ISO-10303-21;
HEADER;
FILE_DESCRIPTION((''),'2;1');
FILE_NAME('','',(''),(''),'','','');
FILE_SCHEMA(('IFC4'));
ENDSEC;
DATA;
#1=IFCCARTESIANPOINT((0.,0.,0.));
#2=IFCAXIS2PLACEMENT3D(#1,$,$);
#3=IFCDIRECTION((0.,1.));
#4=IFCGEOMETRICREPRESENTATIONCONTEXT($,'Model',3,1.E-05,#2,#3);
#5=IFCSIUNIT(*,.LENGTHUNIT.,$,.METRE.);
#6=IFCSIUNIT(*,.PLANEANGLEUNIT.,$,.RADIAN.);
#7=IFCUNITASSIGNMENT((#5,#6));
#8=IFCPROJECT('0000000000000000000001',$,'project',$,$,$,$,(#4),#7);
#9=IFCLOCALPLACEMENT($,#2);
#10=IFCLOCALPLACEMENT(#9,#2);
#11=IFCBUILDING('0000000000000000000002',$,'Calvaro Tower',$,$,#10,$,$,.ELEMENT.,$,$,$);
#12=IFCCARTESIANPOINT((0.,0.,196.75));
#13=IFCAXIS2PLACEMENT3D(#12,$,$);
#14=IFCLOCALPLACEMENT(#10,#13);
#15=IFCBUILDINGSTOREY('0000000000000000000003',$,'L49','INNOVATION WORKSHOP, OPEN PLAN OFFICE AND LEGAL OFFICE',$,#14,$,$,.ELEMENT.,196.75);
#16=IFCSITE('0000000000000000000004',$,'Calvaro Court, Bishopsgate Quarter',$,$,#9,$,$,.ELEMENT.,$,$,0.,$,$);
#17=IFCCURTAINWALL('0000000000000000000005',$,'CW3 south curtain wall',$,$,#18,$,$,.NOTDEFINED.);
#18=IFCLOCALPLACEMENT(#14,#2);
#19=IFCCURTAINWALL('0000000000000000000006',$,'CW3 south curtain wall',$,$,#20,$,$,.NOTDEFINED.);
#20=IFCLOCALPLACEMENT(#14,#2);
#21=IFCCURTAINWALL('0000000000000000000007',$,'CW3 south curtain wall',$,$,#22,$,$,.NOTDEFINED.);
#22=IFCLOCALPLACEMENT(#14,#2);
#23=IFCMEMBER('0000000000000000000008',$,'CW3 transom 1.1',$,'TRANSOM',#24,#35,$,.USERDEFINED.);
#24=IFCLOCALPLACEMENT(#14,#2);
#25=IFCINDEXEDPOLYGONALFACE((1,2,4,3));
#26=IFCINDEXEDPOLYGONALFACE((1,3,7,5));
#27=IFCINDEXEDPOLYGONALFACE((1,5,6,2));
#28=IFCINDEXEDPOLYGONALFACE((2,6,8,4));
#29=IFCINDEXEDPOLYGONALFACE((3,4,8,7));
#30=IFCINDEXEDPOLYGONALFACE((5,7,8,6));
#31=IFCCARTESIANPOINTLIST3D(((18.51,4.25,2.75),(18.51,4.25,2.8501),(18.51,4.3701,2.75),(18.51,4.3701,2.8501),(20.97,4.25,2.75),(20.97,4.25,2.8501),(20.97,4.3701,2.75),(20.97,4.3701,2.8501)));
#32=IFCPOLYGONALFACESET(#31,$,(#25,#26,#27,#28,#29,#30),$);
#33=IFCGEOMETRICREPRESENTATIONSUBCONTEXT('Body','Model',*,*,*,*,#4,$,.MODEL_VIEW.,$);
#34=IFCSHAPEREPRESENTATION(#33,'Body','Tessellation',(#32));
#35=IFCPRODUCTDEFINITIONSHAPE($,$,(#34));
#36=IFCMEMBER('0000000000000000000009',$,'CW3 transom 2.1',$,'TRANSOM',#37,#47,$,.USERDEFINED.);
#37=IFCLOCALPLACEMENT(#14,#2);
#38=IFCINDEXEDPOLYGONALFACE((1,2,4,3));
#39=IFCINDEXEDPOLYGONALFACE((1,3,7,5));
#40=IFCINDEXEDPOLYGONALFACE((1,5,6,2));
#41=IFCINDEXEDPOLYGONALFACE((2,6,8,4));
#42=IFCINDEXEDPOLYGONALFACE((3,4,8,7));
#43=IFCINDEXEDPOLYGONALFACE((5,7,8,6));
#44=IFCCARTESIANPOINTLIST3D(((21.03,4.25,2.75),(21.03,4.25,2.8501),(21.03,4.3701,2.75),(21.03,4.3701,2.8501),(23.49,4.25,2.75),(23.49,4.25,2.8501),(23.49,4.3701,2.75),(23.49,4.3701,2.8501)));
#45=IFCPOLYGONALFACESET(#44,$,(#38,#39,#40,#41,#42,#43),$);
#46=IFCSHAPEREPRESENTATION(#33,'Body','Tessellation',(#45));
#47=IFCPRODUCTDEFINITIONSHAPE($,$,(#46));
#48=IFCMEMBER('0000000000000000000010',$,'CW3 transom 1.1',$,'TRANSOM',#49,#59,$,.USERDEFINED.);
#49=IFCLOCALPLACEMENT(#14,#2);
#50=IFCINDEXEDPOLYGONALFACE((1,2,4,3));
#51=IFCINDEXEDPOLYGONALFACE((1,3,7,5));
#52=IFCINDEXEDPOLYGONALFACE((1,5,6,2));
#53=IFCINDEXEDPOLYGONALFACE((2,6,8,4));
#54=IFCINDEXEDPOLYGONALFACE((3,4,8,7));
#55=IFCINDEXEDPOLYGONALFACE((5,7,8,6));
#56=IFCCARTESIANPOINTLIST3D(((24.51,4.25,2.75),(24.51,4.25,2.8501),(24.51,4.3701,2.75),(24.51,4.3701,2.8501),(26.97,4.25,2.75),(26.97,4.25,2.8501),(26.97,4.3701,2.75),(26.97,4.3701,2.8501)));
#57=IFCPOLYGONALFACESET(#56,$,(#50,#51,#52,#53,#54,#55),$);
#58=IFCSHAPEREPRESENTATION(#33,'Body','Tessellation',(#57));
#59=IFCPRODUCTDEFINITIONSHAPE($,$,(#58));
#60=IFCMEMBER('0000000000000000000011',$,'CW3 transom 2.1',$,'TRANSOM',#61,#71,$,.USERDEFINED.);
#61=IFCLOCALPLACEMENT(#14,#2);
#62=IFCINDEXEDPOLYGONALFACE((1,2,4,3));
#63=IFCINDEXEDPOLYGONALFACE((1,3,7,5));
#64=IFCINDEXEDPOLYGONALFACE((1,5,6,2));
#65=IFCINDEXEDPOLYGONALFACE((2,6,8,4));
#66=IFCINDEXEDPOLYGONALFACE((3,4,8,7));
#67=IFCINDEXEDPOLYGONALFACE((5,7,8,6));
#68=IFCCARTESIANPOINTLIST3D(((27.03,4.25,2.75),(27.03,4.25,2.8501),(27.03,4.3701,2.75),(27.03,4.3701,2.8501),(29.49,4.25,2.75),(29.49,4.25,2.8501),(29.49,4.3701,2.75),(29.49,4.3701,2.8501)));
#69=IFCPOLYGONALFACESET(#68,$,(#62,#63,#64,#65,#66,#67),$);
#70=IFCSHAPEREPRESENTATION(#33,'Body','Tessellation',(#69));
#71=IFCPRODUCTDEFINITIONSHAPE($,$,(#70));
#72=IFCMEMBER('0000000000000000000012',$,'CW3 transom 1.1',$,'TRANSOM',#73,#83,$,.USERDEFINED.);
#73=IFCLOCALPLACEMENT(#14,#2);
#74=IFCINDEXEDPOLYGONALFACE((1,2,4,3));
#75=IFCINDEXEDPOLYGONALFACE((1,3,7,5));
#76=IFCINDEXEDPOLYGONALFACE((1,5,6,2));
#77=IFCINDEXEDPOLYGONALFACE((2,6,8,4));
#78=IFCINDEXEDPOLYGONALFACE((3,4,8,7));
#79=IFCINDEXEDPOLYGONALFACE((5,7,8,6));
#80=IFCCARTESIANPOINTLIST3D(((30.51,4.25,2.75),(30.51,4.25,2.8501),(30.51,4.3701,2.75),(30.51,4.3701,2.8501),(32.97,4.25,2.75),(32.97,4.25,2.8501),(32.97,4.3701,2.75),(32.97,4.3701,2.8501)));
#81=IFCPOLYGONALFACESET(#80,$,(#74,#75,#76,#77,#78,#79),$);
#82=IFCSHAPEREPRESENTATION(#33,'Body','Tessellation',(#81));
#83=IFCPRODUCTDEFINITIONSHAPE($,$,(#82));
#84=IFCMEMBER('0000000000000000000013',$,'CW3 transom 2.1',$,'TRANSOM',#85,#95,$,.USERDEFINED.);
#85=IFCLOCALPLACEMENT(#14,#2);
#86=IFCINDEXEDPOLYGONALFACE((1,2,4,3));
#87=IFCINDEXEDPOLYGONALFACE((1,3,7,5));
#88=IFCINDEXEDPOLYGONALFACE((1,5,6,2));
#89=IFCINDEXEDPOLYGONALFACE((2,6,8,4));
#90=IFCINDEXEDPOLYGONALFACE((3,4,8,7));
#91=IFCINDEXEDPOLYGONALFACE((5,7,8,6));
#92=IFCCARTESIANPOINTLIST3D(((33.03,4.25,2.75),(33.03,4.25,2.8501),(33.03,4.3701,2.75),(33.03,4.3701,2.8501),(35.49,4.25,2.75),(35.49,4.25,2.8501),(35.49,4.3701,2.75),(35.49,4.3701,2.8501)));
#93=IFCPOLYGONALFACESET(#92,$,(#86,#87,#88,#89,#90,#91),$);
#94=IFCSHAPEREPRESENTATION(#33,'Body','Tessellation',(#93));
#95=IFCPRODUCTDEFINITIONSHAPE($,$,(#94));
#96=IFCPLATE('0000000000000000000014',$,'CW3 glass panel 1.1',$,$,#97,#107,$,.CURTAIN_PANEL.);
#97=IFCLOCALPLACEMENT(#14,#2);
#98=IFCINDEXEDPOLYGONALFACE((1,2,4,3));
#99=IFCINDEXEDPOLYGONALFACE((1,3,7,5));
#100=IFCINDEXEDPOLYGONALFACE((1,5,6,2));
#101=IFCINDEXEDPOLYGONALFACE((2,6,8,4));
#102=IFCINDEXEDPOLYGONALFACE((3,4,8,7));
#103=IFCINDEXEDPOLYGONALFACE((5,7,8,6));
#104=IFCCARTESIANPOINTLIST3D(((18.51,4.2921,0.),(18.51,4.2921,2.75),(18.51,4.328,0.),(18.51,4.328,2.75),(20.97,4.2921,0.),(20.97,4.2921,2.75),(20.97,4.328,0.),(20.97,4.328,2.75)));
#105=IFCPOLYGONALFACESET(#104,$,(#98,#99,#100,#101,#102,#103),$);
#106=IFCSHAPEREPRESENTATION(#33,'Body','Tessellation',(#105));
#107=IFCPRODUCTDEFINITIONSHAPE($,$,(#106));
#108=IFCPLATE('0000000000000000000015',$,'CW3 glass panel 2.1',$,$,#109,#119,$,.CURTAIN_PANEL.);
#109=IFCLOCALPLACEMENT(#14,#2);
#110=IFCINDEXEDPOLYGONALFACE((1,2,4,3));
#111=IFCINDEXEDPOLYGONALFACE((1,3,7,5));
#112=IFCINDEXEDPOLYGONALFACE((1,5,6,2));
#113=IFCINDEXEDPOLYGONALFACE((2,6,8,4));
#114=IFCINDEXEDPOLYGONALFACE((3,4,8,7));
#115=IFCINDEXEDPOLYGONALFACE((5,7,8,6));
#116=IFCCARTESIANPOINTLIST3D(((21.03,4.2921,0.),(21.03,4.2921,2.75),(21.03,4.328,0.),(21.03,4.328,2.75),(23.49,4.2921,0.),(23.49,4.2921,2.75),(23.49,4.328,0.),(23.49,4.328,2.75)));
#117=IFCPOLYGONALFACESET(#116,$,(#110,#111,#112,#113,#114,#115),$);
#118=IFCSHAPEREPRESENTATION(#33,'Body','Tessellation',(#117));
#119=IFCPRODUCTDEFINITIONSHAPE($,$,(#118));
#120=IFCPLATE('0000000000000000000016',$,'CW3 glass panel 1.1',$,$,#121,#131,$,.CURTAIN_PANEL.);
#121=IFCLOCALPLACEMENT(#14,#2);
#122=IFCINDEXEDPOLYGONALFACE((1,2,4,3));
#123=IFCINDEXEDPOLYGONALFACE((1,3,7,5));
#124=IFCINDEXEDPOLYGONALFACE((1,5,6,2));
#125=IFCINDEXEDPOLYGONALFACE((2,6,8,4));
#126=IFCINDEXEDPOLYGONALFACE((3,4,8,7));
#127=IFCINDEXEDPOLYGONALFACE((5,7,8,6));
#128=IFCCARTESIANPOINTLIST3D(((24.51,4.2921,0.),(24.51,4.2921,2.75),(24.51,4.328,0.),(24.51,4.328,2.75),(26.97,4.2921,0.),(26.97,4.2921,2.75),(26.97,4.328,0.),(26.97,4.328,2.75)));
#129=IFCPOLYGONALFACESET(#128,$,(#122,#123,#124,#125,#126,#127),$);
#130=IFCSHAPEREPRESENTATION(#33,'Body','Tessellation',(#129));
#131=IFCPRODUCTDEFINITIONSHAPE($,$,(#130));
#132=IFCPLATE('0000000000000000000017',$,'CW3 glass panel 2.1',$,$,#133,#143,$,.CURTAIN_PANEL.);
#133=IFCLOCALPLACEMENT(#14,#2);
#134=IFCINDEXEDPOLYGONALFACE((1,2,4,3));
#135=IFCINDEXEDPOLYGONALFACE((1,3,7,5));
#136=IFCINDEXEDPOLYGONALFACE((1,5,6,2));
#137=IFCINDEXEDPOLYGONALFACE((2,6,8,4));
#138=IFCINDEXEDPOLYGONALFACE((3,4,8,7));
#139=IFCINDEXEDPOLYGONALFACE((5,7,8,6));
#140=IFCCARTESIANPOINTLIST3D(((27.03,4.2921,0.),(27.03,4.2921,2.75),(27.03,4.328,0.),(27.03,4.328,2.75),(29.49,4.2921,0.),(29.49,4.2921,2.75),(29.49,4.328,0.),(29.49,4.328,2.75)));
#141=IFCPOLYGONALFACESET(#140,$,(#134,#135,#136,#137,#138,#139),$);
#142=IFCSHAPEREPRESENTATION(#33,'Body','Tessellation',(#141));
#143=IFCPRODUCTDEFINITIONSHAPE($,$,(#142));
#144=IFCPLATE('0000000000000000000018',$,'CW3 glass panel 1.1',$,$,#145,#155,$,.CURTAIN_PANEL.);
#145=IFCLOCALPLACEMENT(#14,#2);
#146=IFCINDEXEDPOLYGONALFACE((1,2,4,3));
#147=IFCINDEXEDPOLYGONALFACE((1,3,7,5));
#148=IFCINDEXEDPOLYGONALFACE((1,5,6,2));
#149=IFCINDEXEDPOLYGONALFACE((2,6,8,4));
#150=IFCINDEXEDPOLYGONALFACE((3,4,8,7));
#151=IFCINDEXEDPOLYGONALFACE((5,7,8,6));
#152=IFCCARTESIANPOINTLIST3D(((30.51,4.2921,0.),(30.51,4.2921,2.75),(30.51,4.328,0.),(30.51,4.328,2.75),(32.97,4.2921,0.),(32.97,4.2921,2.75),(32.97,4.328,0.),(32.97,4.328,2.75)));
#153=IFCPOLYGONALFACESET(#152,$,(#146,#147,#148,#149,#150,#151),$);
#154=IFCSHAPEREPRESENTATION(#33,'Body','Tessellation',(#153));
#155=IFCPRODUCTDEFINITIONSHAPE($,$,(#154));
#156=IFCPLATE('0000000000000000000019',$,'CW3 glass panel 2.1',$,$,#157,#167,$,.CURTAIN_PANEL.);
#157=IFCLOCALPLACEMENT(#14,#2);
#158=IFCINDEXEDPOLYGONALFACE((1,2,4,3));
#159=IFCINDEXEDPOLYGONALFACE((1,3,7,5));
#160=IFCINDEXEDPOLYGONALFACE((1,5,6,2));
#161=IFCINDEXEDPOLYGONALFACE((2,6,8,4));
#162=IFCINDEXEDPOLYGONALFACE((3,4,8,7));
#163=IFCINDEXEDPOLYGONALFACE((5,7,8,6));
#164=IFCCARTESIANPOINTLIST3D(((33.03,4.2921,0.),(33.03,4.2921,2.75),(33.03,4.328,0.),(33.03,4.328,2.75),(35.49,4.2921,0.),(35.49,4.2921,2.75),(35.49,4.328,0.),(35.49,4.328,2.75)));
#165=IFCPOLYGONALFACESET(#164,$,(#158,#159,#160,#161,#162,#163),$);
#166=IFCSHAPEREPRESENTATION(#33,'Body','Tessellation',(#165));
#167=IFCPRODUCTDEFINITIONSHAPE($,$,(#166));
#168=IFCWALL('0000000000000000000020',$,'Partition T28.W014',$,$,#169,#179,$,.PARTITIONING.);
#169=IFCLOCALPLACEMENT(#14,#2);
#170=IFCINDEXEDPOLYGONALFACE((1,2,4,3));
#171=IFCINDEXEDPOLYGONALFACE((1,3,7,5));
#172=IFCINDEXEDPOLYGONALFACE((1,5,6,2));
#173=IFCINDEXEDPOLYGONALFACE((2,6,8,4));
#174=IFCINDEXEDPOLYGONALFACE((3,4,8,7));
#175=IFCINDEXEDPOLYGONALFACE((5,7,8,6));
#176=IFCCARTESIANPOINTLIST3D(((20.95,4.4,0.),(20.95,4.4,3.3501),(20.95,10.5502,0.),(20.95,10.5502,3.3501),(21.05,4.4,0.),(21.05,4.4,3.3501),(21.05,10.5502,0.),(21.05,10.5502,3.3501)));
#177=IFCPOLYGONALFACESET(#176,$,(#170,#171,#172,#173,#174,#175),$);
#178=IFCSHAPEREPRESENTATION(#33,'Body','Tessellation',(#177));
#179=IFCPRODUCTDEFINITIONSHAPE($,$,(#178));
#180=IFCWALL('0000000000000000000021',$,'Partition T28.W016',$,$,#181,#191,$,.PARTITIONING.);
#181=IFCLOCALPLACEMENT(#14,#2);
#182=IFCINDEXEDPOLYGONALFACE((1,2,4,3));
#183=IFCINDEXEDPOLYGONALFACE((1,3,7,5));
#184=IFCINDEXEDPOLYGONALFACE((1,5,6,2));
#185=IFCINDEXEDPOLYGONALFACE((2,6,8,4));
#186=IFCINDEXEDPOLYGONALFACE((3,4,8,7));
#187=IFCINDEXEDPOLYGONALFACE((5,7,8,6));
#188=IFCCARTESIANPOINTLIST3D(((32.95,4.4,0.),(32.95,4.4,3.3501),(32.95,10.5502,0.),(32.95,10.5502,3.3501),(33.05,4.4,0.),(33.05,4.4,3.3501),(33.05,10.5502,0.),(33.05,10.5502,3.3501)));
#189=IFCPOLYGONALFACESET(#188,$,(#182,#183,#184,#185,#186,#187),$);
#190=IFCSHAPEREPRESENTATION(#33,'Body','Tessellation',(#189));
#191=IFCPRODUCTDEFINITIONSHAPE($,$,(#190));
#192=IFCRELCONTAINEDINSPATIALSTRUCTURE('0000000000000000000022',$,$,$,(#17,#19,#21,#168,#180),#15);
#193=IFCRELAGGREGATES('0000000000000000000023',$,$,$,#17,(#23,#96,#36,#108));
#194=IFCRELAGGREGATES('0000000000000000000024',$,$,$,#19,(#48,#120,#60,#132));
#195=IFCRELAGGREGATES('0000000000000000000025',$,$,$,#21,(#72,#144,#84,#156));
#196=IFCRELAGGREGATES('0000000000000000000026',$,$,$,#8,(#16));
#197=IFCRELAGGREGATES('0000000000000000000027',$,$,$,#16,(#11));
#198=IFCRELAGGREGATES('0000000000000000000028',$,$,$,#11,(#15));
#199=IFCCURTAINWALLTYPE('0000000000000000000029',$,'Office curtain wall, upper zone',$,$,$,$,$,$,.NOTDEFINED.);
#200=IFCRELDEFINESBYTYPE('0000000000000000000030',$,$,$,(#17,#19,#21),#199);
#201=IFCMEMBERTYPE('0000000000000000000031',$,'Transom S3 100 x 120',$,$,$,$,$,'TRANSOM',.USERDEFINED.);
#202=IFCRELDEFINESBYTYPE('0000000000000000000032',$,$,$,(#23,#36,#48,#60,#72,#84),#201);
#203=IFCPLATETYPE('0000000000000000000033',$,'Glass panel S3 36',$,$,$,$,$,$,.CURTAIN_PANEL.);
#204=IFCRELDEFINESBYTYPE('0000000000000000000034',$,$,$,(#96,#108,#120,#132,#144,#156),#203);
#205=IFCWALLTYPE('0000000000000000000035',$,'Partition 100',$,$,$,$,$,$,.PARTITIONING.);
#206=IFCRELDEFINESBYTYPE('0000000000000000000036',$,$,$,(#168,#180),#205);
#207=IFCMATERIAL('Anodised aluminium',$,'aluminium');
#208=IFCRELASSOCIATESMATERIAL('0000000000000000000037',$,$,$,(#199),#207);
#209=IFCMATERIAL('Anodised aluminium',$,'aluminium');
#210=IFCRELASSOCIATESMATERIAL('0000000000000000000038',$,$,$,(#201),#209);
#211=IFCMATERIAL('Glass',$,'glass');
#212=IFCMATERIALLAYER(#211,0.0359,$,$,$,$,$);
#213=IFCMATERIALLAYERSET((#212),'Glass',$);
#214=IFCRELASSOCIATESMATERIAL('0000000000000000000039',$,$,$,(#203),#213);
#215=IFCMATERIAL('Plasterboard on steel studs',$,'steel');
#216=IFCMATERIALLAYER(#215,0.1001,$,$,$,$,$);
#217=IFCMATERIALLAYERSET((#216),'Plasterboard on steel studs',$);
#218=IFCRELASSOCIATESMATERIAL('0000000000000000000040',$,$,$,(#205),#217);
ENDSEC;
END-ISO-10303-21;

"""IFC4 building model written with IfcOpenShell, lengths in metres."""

from ifc_helpers import new_model, si_unit, direction, frame, frame_2d, origin, origin_2d, place, context, subcontext, project, spatial, rectangle, extrude, material, layer, layer_set, material_profile, profile_set, type_object, element, aggregate, save


model = new_model("IFC4")

# Units and contexts
model_context = context("Model", 3, precision=1e-05, world=origin(), true_north=direction((0.0, 1.0)))
body_context = subcontext(model_context, "Body", "Model", "MODEL_VIEW")
ifc_project = project(units=[si_unit("LENGTHUNIT", "METRE"), si_unit("PLANEANGLEUNIT", "RADIAN")], contexts=[model_context])

# Site, building, storey
site_placement = place(None, origin())
site = spatial("IfcSite", under=ifc_project, at=site_placement, Name="Calvaro Court, Bishopsgate Quarter", CompositionType="ELEMENT", RefElevation=0.0)
building_placement = place(site_placement, origin())
building = spatial("IfcBuilding", under=site, at=building_placement, Name="Calvaro Tower", CompositionType="ELEMENT")
storey_placement = place(building_placement, frame((0.0, 0.0, 196.75)))
storey = spatial("IfcBuildingStorey", under=building, at=storey_placement, Name="L49", Description="INNOVATION WORKSHOP, OPEN PLAN OFFICE AND LEGAL OFFICE", CompositionType="ELEMENT", Elevation=196.75)

# Shared definitions
ifc_material_1 = material(Name="Anodised aluminium", Category="aluminium")
curtain_wall_type = type_object("IfcCurtainWallType", Name="Office curtain wall, upper zone", PredefinedType="NOTDEFINED", material=ifc_material_1)

# Curtain walls
curtain_wall_1_placement = place(storey_placement, origin())
curtain_wall_1 = element("IfcCurtainWall", 1, at=curtain_wall_1_placement, inside=storey, type_object=curtain_wall_type, Name="CW3 south curtain wall", PredefinedType="NOTDEFINED")
curtain_wall_2_placement = place(storey_placement, origin())
curtain_wall_2 = element("IfcCurtainWall", 2, at=curtain_wall_2_placement, inside=storey, type_object=curtain_wall_type, Name="CW3 south curtain wall", PredefinedType="NOTDEFINED")
curtain_wall_3_placement = place(storey_placement, origin())
curtain_wall_3 = element("IfcCurtainWall", 3, at=curtain_wall_3_placement, inside=storey, type_object=curtain_wall_type, Name="CW3 south curtain wall", PredefinedType="NOTDEFINED")

# Members
ifc_material_2 = material(Name="Anodised aluminium", Category="aluminium")
ifc_material_profile_1 = material_profile(ifc_material_2, rectangle(XDim=0.1201, YDim=0.1001, at=origin_2d()), Name="Transom S3 100 x 120")
ifc_profile_set_1 = profile_set([ifc_material_profile_1], Name="Anodised aluminium")
member_type_1 = type_object("IfcMemberType", Name="Transom S3 100 x 120", ElementType="TRANSOM", PredefinedType="USERDEFINED", material=ifc_profile_set_1)
member_1_placement = place(storey_placement, frame((18.51, 4.3101, 2.8), z_axis=(1.0, 0.0, 0.0), x_axis=(0.0, 1.0, 0.0)))
member_1 = element("IfcMember", 4, at=member_1_placement, type_object=member_type_1, Name="CW3 transom 1.1", ObjectType="TRANSOM", PredefinedType="USERDEFINED", context=body_context, shape_type="SweptSolid", body=[
    extrude(rectangle(XDim=0.1201, YDim=0.1001, at=origin_2d()), origin(), (0.0, 0.0, 1.0), 2.46),
])
member_2_placement = place(storey_placement, frame((21.03, 4.3101, 2.8), z_axis=(1.0, 0.0, 0.0), x_axis=(0.0, 1.0, 0.0)))
member_2 = element("IfcMember", 5, at=member_2_placement, type_object=member_type_1, Name="CW3 transom 2.1", ObjectType="TRANSOM", PredefinedType="USERDEFINED", context=body_context, shape_type="SweptSolid", body=[
    extrude(rectangle(XDim=0.1201, YDim=0.1001, at=origin_2d()), origin(), (0.0, 0.0, 1.0), 2.46),
])
member_3_placement = place(storey_placement, frame((24.51, 4.3101, 2.8), z_axis=(1.0, 0.0, 0.0), x_axis=(0.0, 1.0, 0.0)))
member_3 = element("IfcMember", 6, at=member_3_placement, type_object=member_type_1, Name="CW3 transom 1.1", ObjectType="TRANSOM", PredefinedType="USERDEFINED", context=body_context, shape_type="SweptSolid", body=[
    extrude(rectangle(XDim=0.1201, YDim=0.1001, at=origin_2d()), origin(), (0.0, 0.0, 1.0), 2.46),
])
member_4_placement = place(storey_placement, frame((27.03, 4.3101, 2.8), z_axis=(1.0, 0.0, 0.0), x_axis=(0.0, 1.0, 0.0)))
member_4 = element("IfcMember", 7, at=member_4_placement, type_object=member_type_1, Name="CW3 transom 2.1", ObjectType="TRANSOM", PredefinedType="USERDEFINED", context=body_context, shape_type="SweptSolid", body=[
    extrude(rectangle(XDim=0.1201, YDim=0.1001, at=origin_2d()), origin(), (0.0, 0.0, 1.0), 2.46),
])
member_5_placement = place(storey_placement, frame((30.51, 4.3101, 2.8), z_axis=(1.0, 0.0, 0.0), x_axis=(0.0, 1.0, 0.0)))
member_5 = element("IfcMember", 8, at=member_5_placement, type_object=member_type_1, Name="CW3 transom 1.1", ObjectType="TRANSOM", PredefinedType="USERDEFINED", context=body_context, shape_type="SweptSolid", body=[
    extrude(rectangle(XDim=0.1201, YDim=0.1001, at=origin_2d()), origin(), (0.0, 0.0, 1.0), 2.46),
])
member_6_placement = place(storey_placement, frame((33.03, 4.3101, 2.8), z_axis=(1.0, 0.0, 0.0), x_axis=(0.0, 1.0, 0.0)))
member_6 = element("IfcMember", 9, at=member_6_placement, type_object=member_type_1, Name="CW3 transom 2.1", ObjectType="TRANSOM", PredefinedType="USERDEFINED", context=body_context, shape_type="SweptSolid", body=[
    extrude(rectangle(XDim=0.1201, YDim=0.1001, at=origin_2d()), origin(), (0.0, 0.0, 1.0), 2.46),
])

# Plates
ifc_material_3 = material(Name="Glass", Category="glass")
ifc_layer_1 = layer(ifc_material_3, 0.0359)
ifc_layer_set_1 = layer_set([ifc_layer_1], Name="Glass")
plate_type = type_object("IfcPlateType", Name="Glass panel S3 36", PredefinedType="CURTAIN_PANEL", material=ifc_layer_set_1)
plate_1_placement = place(storey_placement, frame((19.74, 4.3101, 0.0), z_axis=(0.0, 0.0, 1.0), x_axis=(1.0, 0.0, 0.0)))
plate_1 = element("IfcPlate", 10, at=plate_1_placement, type_object=plate_type, Name="CW3 glass panel 1.1", PredefinedType="CURTAIN_PANEL", context=body_context, shape_type="SweptSolid", body=[
    extrude(rectangle(XDim=2.46, YDim=0.0359, at=origin_2d()), origin(), (0.0, 0.0, 1.0), 2.75),
])
plate_2_placement = place(storey_placement, frame((22.26, 4.3101, 0.0), z_axis=(0.0, 0.0, 1.0), x_axis=(1.0, 0.0, 0.0)))
plate_2 = element("IfcPlate", 11, at=plate_2_placement, type_object=plate_type, Name="CW3 glass panel 2.1", PredefinedType="CURTAIN_PANEL", context=body_context, shape_type="SweptSolid", body=[
    extrude(rectangle(XDim=2.46, YDim=0.0359, at=origin_2d()), origin(), (0.0, 0.0, 1.0), 2.75),
])
aggregate(curtain_wall_1, [member_1, plate_1, member_2, plate_2])
plate_3_placement = place(storey_placement, frame((25.74, 4.3101, 0.0), z_axis=(0.0, 0.0, 1.0), x_axis=(1.0, 0.0, 0.0)))
plate_3 = element("IfcPlate", 12, at=plate_3_placement, type_object=plate_type, Name="CW3 glass panel 1.1", PredefinedType="CURTAIN_PANEL", context=body_context, shape_type="SweptSolid", body=[
    extrude(rectangle(XDim=2.46, YDim=0.0359, at=origin_2d()), origin(), (0.0, 0.0, 1.0), 2.75),
])
plate_4_placement = place(storey_placement, frame((28.26, 4.3101, 0.0), z_axis=(0.0, 0.0, 1.0), x_axis=(1.0, 0.0, 0.0)))
plate_4 = element("IfcPlate", 13, at=plate_4_placement, type_object=plate_type, Name="CW3 glass panel 2.1", PredefinedType="CURTAIN_PANEL", context=body_context, shape_type="SweptSolid", body=[
    extrude(rectangle(XDim=2.46, YDim=0.0359, at=origin_2d()), origin(), (0.0, 0.0, 1.0), 2.75),
])
aggregate(curtain_wall_2, [member_3, plate_3, member_4, plate_4])
plate_5_placement = place(storey_placement, frame((31.74, 4.3101, 0.0), z_axis=(0.0, 0.0, 1.0), x_axis=(1.0, 0.0, 0.0)))
plate_5 = element("IfcPlate", 14, at=plate_5_placement, type_object=plate_type, Name="CW3 glass panel 1.1", PredefinedType="CURTAIN_PANEL", context=body_context, shape_type="SweptSolid", body=[
    extrude(rectangle(XDim=2.46, YDim=0.0359, at=origin_2d()), origin(), (0.0, 0.0, 1.0), 2.75),
])
plate_6_placement = place(storey_placement, frame((34.26, 4.3101, 0.0), z_axis=(0.0, 0.0, 1.0), x_axis=(1.0, 0.0, 0.0)))
plate_6 = element("IfcPlate", 15, at=plate_6_placement, type_object=plate_type, Name="CW3 glass panel 2.1", PredefinedType="CURTAIN_PANEL", context=body_context, shape_type="SweptSolid", body=[
    extrude(rectangle(XDim=2.46, YDim=0.0359, at=origin_2d()), origin(), (0.0, 0.0, 1.0), 2.75),
])
aggregate(curtain_wall_3, [member_5, plate_5, member_6, plate_6])

# Walls
ifc_material_4 = material(Name="Plasterboard on steel studs", Category="steel")
ifc_layer_2 = layer(ifc_material_4, 0.1001)
ifc_layer_set_2 = layer_set([ifc_layer_2], Name="Plasterboard on steel studs")
wall_type = type_object("IfcWallType", Name="Partition 100", PredefinedType="PARTITIONING", material=ifc_layer_set_2)
for number, where, z_axis, x_axis, name in (
    (16, (21.0, 4.3999, 0.0), (0.0, 0.0, 1.0), (0.0, 1.0, 0.0), "Partition T28.W014"),
    (17, (33.0, 4.3999, 0.0), (0.0, 0.0, 1.0), (0.0, 1.0, 0.0), "Partition T28.W016"),
):
    element("IfcWall", number, at=place(storey_placement, frame(where, z_axis=z_axis, x_axis=x_axis)), inside=storey, type_object=wall_type, Name=name, PredefinedType="PARTITIONING", context=body_context, shape_type="SweptSolid", body=[
        extrude(rectangle(XDim=6.1501, YDim=0.1001, at=frame_2d((3.0752, 0.0))), origin(), (0.0, 0.0, 1.0), 3.3501),
    ])

save(model, "model.ifc")
